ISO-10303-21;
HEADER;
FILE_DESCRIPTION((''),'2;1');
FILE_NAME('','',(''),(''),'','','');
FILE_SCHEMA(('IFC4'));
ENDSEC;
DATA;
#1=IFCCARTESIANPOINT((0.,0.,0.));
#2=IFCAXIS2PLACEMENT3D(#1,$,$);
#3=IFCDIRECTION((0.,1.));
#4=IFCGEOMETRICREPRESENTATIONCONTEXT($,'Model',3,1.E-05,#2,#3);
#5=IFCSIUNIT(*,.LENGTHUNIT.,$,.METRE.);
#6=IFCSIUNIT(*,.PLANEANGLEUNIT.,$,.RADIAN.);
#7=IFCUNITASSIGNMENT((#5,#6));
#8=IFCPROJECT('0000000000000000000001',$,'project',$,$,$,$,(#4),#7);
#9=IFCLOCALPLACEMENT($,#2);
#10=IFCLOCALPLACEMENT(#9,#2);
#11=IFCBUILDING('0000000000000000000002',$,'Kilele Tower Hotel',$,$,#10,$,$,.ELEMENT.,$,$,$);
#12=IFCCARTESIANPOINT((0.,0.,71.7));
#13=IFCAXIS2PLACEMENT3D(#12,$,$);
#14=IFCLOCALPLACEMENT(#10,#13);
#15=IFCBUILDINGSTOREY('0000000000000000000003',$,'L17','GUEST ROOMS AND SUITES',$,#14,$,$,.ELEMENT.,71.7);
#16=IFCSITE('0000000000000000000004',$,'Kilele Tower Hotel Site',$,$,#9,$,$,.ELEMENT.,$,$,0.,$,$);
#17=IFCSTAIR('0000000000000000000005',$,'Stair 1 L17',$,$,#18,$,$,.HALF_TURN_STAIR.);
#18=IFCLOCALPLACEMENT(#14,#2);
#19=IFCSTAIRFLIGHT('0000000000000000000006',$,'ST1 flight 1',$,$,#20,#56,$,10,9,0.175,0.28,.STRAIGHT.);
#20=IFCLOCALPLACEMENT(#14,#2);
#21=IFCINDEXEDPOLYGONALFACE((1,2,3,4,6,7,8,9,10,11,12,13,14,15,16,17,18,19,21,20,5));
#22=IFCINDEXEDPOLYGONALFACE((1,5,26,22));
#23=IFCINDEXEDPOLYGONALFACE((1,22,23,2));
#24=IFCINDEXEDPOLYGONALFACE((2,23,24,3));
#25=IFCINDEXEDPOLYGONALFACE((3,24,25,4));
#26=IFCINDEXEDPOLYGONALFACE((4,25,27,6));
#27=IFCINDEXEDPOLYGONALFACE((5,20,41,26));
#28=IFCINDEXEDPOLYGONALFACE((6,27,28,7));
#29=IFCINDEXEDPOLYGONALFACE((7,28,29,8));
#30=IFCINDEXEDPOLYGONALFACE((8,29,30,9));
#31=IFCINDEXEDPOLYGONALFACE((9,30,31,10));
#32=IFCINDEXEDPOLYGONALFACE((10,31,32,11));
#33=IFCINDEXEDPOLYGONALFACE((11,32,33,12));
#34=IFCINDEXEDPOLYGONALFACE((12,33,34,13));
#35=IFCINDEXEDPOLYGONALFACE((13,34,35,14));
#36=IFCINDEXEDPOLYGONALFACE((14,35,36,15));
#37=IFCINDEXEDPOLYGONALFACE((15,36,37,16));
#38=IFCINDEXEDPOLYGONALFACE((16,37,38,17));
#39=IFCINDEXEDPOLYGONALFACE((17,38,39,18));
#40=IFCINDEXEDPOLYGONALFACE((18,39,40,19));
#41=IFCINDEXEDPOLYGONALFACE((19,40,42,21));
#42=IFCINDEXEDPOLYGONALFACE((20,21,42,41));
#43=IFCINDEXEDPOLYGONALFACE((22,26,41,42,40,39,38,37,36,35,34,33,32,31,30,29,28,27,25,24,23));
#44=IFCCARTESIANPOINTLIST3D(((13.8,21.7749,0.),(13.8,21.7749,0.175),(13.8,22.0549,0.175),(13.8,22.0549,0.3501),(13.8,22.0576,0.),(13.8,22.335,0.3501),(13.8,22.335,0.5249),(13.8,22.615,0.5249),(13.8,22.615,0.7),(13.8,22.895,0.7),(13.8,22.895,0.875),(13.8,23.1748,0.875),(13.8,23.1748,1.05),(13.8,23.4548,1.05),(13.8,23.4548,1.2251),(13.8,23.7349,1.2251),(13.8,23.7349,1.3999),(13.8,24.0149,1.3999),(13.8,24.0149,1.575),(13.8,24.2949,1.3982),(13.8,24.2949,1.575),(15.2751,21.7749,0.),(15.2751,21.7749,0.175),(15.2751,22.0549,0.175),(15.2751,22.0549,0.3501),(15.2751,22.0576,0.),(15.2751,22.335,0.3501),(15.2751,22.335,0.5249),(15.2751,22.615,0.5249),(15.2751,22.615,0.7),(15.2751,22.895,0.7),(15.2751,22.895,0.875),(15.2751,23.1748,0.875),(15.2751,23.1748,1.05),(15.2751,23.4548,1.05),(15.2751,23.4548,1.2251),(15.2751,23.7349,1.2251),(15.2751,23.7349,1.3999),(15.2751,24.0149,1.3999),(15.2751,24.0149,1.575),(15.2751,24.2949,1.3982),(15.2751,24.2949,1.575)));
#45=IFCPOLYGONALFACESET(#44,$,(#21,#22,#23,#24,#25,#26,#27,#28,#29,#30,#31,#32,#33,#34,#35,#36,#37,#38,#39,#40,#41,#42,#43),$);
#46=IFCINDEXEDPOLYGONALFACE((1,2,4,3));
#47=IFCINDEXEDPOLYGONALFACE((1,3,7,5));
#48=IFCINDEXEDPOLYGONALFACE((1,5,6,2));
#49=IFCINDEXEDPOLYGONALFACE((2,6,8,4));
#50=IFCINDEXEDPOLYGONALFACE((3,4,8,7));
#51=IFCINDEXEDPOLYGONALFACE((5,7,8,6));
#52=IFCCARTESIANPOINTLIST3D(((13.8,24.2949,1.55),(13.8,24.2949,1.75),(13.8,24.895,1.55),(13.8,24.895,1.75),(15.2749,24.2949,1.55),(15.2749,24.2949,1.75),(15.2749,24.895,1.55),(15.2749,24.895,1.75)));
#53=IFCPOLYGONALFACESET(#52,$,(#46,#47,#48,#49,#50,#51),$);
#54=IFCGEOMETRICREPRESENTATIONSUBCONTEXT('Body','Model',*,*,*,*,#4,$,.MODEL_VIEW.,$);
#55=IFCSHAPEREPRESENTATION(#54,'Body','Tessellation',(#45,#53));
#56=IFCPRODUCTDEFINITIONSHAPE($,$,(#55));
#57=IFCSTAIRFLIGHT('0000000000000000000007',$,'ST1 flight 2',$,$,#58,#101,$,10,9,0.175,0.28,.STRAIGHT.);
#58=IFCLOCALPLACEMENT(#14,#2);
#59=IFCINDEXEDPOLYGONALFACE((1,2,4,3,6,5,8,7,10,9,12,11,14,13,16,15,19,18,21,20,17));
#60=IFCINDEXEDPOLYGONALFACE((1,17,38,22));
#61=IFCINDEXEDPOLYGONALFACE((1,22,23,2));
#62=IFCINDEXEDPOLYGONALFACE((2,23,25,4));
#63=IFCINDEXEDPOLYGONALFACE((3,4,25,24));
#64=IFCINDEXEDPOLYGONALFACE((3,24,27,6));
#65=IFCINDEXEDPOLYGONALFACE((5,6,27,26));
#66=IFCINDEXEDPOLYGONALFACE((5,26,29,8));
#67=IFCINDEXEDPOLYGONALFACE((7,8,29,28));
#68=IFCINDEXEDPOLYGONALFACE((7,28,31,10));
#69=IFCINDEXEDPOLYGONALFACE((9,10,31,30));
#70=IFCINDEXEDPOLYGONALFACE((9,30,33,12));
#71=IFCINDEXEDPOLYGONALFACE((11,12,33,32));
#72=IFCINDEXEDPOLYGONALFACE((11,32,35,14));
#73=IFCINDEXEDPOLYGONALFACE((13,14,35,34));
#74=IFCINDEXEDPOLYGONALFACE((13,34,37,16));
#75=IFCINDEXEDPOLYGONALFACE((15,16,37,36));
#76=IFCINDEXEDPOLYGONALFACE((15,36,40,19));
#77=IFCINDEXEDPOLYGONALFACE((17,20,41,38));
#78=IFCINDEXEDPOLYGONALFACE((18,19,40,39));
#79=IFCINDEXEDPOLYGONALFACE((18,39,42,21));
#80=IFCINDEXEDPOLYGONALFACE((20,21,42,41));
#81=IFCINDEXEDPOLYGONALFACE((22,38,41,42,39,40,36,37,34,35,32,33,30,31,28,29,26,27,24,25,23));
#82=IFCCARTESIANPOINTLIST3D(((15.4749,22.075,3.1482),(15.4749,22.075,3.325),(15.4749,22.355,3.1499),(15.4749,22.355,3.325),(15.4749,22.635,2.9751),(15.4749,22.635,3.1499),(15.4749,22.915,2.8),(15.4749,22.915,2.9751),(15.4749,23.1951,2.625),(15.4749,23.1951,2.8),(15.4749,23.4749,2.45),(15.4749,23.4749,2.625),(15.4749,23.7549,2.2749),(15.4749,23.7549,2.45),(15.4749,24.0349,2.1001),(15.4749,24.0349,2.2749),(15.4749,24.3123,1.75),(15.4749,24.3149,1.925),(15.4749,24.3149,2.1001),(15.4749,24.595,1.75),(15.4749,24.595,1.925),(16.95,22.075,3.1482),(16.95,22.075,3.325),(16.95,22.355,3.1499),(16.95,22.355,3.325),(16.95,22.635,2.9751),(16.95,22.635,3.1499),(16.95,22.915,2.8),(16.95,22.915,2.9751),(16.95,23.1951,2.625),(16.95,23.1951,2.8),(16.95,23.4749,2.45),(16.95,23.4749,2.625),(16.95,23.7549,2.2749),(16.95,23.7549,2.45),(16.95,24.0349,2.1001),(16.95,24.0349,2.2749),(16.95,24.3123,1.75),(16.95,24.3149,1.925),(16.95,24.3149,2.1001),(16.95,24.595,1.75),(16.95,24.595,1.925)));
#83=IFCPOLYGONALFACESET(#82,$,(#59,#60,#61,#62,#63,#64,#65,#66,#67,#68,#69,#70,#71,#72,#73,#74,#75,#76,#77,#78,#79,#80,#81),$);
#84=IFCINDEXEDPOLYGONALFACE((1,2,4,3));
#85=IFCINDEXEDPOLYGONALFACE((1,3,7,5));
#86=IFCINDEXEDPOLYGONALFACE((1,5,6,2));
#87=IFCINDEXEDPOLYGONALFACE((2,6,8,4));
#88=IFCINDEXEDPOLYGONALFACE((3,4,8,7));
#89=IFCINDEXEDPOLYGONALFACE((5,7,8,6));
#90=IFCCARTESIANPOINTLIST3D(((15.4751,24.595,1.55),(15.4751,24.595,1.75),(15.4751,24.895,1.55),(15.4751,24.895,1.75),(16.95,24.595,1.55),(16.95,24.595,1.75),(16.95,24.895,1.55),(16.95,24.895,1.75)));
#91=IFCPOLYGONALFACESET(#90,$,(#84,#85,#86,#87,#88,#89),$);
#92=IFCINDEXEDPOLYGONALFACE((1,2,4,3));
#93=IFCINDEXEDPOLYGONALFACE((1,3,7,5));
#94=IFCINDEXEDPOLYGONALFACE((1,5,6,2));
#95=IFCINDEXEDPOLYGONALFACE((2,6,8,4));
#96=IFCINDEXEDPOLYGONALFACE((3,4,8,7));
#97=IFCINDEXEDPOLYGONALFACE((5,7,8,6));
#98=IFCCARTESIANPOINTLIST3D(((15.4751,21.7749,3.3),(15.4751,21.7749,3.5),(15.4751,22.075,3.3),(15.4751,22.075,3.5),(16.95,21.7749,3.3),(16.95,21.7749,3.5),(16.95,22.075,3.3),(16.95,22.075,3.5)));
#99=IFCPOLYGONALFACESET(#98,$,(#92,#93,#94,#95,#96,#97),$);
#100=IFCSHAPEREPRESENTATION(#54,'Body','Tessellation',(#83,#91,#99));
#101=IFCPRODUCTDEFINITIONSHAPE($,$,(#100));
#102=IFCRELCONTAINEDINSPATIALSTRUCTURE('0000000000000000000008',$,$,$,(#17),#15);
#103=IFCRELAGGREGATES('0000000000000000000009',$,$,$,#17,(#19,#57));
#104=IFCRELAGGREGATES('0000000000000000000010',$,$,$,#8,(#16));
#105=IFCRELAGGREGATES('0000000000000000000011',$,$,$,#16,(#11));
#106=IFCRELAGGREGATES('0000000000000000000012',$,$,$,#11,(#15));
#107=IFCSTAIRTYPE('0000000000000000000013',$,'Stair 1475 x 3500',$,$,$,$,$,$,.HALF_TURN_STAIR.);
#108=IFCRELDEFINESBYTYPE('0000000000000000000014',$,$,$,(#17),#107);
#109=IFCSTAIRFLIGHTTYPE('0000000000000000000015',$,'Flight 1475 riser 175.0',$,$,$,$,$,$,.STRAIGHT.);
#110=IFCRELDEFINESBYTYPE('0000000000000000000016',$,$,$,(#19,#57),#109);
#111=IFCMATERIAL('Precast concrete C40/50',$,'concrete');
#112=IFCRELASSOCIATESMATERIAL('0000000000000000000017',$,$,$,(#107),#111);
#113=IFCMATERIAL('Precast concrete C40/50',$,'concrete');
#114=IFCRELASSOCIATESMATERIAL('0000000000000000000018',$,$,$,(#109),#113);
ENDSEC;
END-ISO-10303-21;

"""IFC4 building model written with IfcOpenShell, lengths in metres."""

from ifc_helpers import new_model, si_unit, direction, frame, origin, place, context, subcontext, project, spatial, polyline, outline, extrude, material, type_object, element, aggregate, save


model = new_model("IFC4")

# Units and contexts
model_context = context("Model", 3, precision=1e-05, world=origin(), true_north=direction((0.0, 1.0)))
body_context = subcontext(model_context, "Body", "Model", "MODEL_VIEW")
ifc_project = project(units=[si_unit("LENGTHUNIT", "METRE"), si_unit("PLANEANGLEUNIT", "RADIAN")], contexts=[model_context])

# Site, building, storey
site_placement = place(None, origin())
site = spatial("IfcSite", under=ifc_project, at=site_placement, Name="Kilele Tower Hotel Site", CompositionType="ELEMENT", RefElevation=0.0)
building_placement = place(site_placement, origin())
building = spatial("IfcBuilding", under=site, at=building_placement, Name="Kilele Tower Hotel", CompositionType="ELEMENT")
storey_placement = place(building_placement, frame((0.0, 0.0, 71.7)))
storey = spatial("IfcBuildingStorey", under=building, at=storey_placement, Name="L17", Description="GUEST ROOMS AND SUITES", CompositionType="ELEMENT", Elevation=71.7)

# Stair, stair flights
ifc_material_1 = material(Name="Precast concrete C40/50", Category="concrete")
stair_type = type_object("IfcStairType", Name="Stair 1475 x 3500", PredefinedType="HALF_TURN_STAIR", material=ifc_material_1)
stair_placement = place(storey_placement, origin())
stair = element("IfcStair", 1, at=stair_placement, inside=storey, type_object=stair_type, Name="Stair 1 L17", PredefinedType="HALF_TURN_STAIR")
ifc_material_2 = material(Name="Precast concrete C40/50", Category="concrete")
stair_flight_type = type_object("IfcStairFlightType", Name="Flight 1475 riser 175.0", PredefinedType="STRAIGHT", material=ifc_material_2)
stair_flight_1_placement = place(storey_placement, frame((14.5376, 21.7749, 0.0), z_axis=(0.0, 0.0, 1.0), x_axis=(0.0, 1.0, 0.0)))
stair_flight_1 = element("IfcStairFlight", 2, at=stair_flight_1_placement, type_object=stair_flight_type, Name="ST1 flight 1", NumberOfRisers=10, NumberOfTreads=9, PredefinedType="STRAIGHT", RiserHeight=0.175, TreadLength=0.28, context=body_context, shape_type="SweptSolid", body=[
    extrude(outline(polyline([(0.0, 0.0), (0.0, 0.175), (0.28, 0.175), (0.28, 0.3501), (0.5601, 0.3501), (0.5601, 0.5249), (0.8401, 0.5249), (0.8401, 0.7), (1.1201, 0.7), (1.1201, 0.875), (1.3999, 0.875), (1.3999, 1.05), (1.6799, 1.05), (1.6799, 1.2251), (1.96, 1.2251), (1.96, 1.3999), (2.24, 1.3999), (2.24, 1.575), (2.52, 1.575), (2.52, 1.75), (2.52, 1.3982), (0.2827, 0.0), (0.0, 0.0)])), frame((0.0, 0.7375, 0.0), z_axis=(0.0, -1.0, 0.0), x_axis=(1.0, 0.0, 0.0)), (0.0, 0.0, 1.0), 1.4751),
    extrude(outline(polyline([(2.52, 0.7375), (2.52, -0.7373), (3.1201, -0.7373), (3.1201, 0.7375), (2.52, 0.7375)])), frame((0.0, 0.0, 1.55)), (0.0, 0.0, 1.0), 0.2),
])
stair_flight_2_placement = place(storey_placement, frame((16.2124, 24.595, 1.75), z_axis=(0.0, 0.0, 1.0), x_axis=(0.0, -1.0, 0.0)))
stair_flight_2 = element("IfcStairFlight", 3, at=stair_flight_2_placement, type_object=stair_flight_type, Name="ST1 flight 2", NumberOfRisers=10, NumberOfTreads=9, PredefinedType="STRAIGHT", RiserHeight=0.175, TreadLength=0.28, context=body_context, shape_type="SweptSolid", body=[
    extrude(outline(polyline([(0.0, 0.0), (0.0, 0.175), (0.28, 0.175), (0.28, 0.3501), (0.5601, 0.3501), (0.5601, 0.5249), (0.8401, 0.5249), (0.8401, 0.7), (1.1201, 0.7), (1.1201, 0.875), (1.3999, 0.875), (1.3999, 1.05), (1.6799, 1.05), (1.6799, 1.2251), (1.96, 1.2251), (1.96, 1.3999), (2.24, 1.3999), (2.24, 1.575), (2.52, 1.575), (2.52, 1.75), (2.52, 1.3982), (0.2827, 0.0), (0.0, 0.0)])), frame((0.0, 0.7375, 0.0), z_axis=(0.0, -1.0, 0.0), x_axis=(1.0, 0.0, 0.0)), (0.0, 0.0, 1.0), 1.4751),
    extrude(outline(polyline([(0.0, -0.7373), (0.0, 0.7375), (-0.3, 0.7375), (-0.3, -0.7373), (0.0, -0.7373)])), frame((0.0, 0.0, -0.2)), (0.0, 0.0, 1.0), 0.2),
    extrude(outline(polyline([(2.8201, -0.7373), (2.8201, 0.7375), (2.52, 0.7375), (2.52, -0.7373), (2.8201, -0.7373)])), frame((0.0, 0.0, 1.55)), (0.0, 0.0, 1.0), 0.2),
])
aggregate(stair, [stair_flight_1, stair_flight_2])

save(model, "model.ifc")
